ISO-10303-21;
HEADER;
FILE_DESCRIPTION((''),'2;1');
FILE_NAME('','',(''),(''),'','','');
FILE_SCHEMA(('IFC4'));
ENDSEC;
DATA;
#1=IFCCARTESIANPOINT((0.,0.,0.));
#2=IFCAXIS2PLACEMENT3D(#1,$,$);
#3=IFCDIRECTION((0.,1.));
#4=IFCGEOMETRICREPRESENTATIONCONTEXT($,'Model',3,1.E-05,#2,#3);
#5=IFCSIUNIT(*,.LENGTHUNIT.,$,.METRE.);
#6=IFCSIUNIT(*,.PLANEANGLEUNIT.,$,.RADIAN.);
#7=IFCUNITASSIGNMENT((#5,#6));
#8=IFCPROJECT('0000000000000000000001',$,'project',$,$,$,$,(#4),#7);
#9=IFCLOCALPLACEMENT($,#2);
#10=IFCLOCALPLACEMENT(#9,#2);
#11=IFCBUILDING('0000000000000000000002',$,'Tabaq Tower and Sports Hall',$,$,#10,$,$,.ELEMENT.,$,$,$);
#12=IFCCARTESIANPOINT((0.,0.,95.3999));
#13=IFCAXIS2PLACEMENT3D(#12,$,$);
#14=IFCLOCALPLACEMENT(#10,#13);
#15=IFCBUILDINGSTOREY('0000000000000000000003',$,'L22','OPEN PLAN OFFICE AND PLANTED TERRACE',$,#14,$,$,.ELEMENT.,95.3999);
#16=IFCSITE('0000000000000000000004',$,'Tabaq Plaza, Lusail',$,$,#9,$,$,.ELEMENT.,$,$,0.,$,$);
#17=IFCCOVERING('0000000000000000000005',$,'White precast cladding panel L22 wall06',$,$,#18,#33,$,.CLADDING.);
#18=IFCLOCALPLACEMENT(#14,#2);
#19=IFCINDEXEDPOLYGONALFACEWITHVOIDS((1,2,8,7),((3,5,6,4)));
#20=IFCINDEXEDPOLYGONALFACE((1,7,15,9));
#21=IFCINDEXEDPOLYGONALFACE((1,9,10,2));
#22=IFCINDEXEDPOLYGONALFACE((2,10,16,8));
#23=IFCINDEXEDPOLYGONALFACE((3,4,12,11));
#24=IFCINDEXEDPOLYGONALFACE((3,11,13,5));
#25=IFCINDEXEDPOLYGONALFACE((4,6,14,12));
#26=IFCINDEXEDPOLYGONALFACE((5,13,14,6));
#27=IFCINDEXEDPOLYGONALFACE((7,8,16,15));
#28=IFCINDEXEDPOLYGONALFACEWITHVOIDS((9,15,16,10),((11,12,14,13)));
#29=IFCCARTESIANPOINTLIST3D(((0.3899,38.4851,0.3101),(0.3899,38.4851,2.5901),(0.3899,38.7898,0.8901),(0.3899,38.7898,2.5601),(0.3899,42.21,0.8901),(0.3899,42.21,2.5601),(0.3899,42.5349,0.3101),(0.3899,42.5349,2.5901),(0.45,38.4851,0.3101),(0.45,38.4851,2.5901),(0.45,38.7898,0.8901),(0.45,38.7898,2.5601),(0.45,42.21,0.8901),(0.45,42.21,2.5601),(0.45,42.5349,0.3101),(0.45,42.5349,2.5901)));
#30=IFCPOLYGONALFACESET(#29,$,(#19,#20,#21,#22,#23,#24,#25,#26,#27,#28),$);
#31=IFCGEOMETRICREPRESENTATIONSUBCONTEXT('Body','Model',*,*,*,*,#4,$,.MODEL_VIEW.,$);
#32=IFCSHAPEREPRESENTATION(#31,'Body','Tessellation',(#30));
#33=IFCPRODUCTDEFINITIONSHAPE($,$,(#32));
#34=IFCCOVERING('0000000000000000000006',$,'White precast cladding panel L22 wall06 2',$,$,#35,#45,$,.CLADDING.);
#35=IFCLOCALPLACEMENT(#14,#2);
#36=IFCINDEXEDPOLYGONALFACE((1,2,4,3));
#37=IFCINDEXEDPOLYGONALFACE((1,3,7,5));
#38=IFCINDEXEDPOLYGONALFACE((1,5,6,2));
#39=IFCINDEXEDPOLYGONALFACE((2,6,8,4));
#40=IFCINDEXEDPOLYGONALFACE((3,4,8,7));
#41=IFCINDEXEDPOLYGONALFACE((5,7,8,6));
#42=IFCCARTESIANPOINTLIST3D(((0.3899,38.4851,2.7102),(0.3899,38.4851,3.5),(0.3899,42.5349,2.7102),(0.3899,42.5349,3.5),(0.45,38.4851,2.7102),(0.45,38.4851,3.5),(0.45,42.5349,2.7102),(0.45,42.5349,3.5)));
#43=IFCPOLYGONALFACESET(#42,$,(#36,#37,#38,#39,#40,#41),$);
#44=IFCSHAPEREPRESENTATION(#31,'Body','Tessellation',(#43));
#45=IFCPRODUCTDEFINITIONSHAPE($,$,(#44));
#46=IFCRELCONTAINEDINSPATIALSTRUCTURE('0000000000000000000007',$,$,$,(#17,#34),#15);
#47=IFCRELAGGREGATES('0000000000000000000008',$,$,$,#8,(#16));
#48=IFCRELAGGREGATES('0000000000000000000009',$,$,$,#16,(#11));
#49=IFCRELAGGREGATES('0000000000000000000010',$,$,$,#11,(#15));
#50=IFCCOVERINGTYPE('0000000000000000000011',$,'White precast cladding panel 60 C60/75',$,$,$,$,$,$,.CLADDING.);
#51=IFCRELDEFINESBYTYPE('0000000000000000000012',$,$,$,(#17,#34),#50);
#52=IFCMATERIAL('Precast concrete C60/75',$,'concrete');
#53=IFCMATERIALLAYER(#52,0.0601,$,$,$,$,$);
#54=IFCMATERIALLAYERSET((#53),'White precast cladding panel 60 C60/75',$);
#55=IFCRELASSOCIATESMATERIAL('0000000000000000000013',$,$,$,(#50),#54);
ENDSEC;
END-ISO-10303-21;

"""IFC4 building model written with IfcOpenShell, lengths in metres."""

from ifc_helpers import new_model, si_unit, direction, frame, frame_2d, origin, place, context, subcontext, project, spatial, polyline, rectangle, outline, extrude, material, layer, layer_set, type_object, element, save


model = new_model("IFC4")

# Units and contexts
model_context = context("Model", 3, precision=1e-05, world=origin(), true_north=direction((0.0, 1.0)))
body_context = subcontext(model_context, "Body", "Model", "MODEL_VIEW")
ifc_project = project(units=[si_unit("LENGTHUNIT", "METRE"), si_unit("PLANEANGLEUNIT", "RADIAN")], contexts=[model_context])

# Site, building, storey
site_placement = place(None, origin())
site = spatial("IfcSite", under=ifc_project, at=site_placement, Name="Tabaq Plaza, Lusail", CompositionType="ELEMENT", RefElevation=0.0)
building_placement = place(site_placement, origin())
building = spatial("IfcBuilding", under=site, at=building_placement, Name="Tabaq Tower and Sports Hall", CompositionType="ELEMENT")
storey_placement = place(building_placement, frame((0.0, 0.0, 95.3999)))
storey = spatial("IfcBuildingStorey", under=building, at=storey_placement, Name="L22", Description="OPEN PLAN OFFICE AND PLANTED TERRACE", CompositionType="ELEMENT", Elevation=95.3999)

# Coverings
ifc_material_1 = material(Name="Precast concrete C60/75", Category="concrete")
ifc_layer_1 = layer(ifc_material_1, 0.0601)
ifc_layer_set_1 = layer_set([ifc_layer_1], Name="White precast cladding panel 60 C60/75")
covering_type_1 = type_object("IfcCoveringType", Name="White precast cladding panel 60 C60/75", PredefinedType="CLADDING", material=ifc_layer_set_1)
covering_1_placement = place(storey_placement, frame((0.4199, 42.5349, 0.3101), z_axis=(0.0, 0.0, 1.0), x_axis=(0.0, -1.0, 0.0)))
element("IfcCovering", 1, at=covering_1_placement, inside=storey, type_object=covering_type_1, Name="White precast cladding panel L22 wall06", PredefinedType="CLADDING", context=body_context, shape_type="SweptSolid", body=[
    extrude(outline(polyline([(0.0, 0.0), (4.0498, 0.0), (4.0498, 2.28), (0.0, 2.28), (0.0, 0.0)]), holes=[polyline([(3.7451, 0.5801), (0.325, 0.5801), (0.325, 2.25), (3.7451, 2.25), (3.7451, 0.5801)])]), frame((0.0, 0.03, 0.0), z_axis=(0.0, -1.0, 0.0), x_axis=(1.0, 0.0, 0.0)), (0.0, 0.0, 1.0), 0.0601),
])
covering_2_placement = place(storey_placement, frame((0.4199, 42.5349, 2.7102), z_axis=(0.0, 0.0, 1.0), x_axis=(0.0, -1.0, 0.0)))
element("IfcCovering", 2, at=covering_2_placement, inside=storey, type_object=covering_type_1, Name="White precast cladding panel L22 wall06 2", PredefinedType="CLADDING", context=body_context, shape_type="SweptSolid", body=[
    extrude(rectangle(XDim=4.0498, YDim=0.0601, at=frame_2d((2.0249, 0.0))), origin(), (0.0, 0.0, 1.0), 0.7898),
])

save(model, "model.ifc")
